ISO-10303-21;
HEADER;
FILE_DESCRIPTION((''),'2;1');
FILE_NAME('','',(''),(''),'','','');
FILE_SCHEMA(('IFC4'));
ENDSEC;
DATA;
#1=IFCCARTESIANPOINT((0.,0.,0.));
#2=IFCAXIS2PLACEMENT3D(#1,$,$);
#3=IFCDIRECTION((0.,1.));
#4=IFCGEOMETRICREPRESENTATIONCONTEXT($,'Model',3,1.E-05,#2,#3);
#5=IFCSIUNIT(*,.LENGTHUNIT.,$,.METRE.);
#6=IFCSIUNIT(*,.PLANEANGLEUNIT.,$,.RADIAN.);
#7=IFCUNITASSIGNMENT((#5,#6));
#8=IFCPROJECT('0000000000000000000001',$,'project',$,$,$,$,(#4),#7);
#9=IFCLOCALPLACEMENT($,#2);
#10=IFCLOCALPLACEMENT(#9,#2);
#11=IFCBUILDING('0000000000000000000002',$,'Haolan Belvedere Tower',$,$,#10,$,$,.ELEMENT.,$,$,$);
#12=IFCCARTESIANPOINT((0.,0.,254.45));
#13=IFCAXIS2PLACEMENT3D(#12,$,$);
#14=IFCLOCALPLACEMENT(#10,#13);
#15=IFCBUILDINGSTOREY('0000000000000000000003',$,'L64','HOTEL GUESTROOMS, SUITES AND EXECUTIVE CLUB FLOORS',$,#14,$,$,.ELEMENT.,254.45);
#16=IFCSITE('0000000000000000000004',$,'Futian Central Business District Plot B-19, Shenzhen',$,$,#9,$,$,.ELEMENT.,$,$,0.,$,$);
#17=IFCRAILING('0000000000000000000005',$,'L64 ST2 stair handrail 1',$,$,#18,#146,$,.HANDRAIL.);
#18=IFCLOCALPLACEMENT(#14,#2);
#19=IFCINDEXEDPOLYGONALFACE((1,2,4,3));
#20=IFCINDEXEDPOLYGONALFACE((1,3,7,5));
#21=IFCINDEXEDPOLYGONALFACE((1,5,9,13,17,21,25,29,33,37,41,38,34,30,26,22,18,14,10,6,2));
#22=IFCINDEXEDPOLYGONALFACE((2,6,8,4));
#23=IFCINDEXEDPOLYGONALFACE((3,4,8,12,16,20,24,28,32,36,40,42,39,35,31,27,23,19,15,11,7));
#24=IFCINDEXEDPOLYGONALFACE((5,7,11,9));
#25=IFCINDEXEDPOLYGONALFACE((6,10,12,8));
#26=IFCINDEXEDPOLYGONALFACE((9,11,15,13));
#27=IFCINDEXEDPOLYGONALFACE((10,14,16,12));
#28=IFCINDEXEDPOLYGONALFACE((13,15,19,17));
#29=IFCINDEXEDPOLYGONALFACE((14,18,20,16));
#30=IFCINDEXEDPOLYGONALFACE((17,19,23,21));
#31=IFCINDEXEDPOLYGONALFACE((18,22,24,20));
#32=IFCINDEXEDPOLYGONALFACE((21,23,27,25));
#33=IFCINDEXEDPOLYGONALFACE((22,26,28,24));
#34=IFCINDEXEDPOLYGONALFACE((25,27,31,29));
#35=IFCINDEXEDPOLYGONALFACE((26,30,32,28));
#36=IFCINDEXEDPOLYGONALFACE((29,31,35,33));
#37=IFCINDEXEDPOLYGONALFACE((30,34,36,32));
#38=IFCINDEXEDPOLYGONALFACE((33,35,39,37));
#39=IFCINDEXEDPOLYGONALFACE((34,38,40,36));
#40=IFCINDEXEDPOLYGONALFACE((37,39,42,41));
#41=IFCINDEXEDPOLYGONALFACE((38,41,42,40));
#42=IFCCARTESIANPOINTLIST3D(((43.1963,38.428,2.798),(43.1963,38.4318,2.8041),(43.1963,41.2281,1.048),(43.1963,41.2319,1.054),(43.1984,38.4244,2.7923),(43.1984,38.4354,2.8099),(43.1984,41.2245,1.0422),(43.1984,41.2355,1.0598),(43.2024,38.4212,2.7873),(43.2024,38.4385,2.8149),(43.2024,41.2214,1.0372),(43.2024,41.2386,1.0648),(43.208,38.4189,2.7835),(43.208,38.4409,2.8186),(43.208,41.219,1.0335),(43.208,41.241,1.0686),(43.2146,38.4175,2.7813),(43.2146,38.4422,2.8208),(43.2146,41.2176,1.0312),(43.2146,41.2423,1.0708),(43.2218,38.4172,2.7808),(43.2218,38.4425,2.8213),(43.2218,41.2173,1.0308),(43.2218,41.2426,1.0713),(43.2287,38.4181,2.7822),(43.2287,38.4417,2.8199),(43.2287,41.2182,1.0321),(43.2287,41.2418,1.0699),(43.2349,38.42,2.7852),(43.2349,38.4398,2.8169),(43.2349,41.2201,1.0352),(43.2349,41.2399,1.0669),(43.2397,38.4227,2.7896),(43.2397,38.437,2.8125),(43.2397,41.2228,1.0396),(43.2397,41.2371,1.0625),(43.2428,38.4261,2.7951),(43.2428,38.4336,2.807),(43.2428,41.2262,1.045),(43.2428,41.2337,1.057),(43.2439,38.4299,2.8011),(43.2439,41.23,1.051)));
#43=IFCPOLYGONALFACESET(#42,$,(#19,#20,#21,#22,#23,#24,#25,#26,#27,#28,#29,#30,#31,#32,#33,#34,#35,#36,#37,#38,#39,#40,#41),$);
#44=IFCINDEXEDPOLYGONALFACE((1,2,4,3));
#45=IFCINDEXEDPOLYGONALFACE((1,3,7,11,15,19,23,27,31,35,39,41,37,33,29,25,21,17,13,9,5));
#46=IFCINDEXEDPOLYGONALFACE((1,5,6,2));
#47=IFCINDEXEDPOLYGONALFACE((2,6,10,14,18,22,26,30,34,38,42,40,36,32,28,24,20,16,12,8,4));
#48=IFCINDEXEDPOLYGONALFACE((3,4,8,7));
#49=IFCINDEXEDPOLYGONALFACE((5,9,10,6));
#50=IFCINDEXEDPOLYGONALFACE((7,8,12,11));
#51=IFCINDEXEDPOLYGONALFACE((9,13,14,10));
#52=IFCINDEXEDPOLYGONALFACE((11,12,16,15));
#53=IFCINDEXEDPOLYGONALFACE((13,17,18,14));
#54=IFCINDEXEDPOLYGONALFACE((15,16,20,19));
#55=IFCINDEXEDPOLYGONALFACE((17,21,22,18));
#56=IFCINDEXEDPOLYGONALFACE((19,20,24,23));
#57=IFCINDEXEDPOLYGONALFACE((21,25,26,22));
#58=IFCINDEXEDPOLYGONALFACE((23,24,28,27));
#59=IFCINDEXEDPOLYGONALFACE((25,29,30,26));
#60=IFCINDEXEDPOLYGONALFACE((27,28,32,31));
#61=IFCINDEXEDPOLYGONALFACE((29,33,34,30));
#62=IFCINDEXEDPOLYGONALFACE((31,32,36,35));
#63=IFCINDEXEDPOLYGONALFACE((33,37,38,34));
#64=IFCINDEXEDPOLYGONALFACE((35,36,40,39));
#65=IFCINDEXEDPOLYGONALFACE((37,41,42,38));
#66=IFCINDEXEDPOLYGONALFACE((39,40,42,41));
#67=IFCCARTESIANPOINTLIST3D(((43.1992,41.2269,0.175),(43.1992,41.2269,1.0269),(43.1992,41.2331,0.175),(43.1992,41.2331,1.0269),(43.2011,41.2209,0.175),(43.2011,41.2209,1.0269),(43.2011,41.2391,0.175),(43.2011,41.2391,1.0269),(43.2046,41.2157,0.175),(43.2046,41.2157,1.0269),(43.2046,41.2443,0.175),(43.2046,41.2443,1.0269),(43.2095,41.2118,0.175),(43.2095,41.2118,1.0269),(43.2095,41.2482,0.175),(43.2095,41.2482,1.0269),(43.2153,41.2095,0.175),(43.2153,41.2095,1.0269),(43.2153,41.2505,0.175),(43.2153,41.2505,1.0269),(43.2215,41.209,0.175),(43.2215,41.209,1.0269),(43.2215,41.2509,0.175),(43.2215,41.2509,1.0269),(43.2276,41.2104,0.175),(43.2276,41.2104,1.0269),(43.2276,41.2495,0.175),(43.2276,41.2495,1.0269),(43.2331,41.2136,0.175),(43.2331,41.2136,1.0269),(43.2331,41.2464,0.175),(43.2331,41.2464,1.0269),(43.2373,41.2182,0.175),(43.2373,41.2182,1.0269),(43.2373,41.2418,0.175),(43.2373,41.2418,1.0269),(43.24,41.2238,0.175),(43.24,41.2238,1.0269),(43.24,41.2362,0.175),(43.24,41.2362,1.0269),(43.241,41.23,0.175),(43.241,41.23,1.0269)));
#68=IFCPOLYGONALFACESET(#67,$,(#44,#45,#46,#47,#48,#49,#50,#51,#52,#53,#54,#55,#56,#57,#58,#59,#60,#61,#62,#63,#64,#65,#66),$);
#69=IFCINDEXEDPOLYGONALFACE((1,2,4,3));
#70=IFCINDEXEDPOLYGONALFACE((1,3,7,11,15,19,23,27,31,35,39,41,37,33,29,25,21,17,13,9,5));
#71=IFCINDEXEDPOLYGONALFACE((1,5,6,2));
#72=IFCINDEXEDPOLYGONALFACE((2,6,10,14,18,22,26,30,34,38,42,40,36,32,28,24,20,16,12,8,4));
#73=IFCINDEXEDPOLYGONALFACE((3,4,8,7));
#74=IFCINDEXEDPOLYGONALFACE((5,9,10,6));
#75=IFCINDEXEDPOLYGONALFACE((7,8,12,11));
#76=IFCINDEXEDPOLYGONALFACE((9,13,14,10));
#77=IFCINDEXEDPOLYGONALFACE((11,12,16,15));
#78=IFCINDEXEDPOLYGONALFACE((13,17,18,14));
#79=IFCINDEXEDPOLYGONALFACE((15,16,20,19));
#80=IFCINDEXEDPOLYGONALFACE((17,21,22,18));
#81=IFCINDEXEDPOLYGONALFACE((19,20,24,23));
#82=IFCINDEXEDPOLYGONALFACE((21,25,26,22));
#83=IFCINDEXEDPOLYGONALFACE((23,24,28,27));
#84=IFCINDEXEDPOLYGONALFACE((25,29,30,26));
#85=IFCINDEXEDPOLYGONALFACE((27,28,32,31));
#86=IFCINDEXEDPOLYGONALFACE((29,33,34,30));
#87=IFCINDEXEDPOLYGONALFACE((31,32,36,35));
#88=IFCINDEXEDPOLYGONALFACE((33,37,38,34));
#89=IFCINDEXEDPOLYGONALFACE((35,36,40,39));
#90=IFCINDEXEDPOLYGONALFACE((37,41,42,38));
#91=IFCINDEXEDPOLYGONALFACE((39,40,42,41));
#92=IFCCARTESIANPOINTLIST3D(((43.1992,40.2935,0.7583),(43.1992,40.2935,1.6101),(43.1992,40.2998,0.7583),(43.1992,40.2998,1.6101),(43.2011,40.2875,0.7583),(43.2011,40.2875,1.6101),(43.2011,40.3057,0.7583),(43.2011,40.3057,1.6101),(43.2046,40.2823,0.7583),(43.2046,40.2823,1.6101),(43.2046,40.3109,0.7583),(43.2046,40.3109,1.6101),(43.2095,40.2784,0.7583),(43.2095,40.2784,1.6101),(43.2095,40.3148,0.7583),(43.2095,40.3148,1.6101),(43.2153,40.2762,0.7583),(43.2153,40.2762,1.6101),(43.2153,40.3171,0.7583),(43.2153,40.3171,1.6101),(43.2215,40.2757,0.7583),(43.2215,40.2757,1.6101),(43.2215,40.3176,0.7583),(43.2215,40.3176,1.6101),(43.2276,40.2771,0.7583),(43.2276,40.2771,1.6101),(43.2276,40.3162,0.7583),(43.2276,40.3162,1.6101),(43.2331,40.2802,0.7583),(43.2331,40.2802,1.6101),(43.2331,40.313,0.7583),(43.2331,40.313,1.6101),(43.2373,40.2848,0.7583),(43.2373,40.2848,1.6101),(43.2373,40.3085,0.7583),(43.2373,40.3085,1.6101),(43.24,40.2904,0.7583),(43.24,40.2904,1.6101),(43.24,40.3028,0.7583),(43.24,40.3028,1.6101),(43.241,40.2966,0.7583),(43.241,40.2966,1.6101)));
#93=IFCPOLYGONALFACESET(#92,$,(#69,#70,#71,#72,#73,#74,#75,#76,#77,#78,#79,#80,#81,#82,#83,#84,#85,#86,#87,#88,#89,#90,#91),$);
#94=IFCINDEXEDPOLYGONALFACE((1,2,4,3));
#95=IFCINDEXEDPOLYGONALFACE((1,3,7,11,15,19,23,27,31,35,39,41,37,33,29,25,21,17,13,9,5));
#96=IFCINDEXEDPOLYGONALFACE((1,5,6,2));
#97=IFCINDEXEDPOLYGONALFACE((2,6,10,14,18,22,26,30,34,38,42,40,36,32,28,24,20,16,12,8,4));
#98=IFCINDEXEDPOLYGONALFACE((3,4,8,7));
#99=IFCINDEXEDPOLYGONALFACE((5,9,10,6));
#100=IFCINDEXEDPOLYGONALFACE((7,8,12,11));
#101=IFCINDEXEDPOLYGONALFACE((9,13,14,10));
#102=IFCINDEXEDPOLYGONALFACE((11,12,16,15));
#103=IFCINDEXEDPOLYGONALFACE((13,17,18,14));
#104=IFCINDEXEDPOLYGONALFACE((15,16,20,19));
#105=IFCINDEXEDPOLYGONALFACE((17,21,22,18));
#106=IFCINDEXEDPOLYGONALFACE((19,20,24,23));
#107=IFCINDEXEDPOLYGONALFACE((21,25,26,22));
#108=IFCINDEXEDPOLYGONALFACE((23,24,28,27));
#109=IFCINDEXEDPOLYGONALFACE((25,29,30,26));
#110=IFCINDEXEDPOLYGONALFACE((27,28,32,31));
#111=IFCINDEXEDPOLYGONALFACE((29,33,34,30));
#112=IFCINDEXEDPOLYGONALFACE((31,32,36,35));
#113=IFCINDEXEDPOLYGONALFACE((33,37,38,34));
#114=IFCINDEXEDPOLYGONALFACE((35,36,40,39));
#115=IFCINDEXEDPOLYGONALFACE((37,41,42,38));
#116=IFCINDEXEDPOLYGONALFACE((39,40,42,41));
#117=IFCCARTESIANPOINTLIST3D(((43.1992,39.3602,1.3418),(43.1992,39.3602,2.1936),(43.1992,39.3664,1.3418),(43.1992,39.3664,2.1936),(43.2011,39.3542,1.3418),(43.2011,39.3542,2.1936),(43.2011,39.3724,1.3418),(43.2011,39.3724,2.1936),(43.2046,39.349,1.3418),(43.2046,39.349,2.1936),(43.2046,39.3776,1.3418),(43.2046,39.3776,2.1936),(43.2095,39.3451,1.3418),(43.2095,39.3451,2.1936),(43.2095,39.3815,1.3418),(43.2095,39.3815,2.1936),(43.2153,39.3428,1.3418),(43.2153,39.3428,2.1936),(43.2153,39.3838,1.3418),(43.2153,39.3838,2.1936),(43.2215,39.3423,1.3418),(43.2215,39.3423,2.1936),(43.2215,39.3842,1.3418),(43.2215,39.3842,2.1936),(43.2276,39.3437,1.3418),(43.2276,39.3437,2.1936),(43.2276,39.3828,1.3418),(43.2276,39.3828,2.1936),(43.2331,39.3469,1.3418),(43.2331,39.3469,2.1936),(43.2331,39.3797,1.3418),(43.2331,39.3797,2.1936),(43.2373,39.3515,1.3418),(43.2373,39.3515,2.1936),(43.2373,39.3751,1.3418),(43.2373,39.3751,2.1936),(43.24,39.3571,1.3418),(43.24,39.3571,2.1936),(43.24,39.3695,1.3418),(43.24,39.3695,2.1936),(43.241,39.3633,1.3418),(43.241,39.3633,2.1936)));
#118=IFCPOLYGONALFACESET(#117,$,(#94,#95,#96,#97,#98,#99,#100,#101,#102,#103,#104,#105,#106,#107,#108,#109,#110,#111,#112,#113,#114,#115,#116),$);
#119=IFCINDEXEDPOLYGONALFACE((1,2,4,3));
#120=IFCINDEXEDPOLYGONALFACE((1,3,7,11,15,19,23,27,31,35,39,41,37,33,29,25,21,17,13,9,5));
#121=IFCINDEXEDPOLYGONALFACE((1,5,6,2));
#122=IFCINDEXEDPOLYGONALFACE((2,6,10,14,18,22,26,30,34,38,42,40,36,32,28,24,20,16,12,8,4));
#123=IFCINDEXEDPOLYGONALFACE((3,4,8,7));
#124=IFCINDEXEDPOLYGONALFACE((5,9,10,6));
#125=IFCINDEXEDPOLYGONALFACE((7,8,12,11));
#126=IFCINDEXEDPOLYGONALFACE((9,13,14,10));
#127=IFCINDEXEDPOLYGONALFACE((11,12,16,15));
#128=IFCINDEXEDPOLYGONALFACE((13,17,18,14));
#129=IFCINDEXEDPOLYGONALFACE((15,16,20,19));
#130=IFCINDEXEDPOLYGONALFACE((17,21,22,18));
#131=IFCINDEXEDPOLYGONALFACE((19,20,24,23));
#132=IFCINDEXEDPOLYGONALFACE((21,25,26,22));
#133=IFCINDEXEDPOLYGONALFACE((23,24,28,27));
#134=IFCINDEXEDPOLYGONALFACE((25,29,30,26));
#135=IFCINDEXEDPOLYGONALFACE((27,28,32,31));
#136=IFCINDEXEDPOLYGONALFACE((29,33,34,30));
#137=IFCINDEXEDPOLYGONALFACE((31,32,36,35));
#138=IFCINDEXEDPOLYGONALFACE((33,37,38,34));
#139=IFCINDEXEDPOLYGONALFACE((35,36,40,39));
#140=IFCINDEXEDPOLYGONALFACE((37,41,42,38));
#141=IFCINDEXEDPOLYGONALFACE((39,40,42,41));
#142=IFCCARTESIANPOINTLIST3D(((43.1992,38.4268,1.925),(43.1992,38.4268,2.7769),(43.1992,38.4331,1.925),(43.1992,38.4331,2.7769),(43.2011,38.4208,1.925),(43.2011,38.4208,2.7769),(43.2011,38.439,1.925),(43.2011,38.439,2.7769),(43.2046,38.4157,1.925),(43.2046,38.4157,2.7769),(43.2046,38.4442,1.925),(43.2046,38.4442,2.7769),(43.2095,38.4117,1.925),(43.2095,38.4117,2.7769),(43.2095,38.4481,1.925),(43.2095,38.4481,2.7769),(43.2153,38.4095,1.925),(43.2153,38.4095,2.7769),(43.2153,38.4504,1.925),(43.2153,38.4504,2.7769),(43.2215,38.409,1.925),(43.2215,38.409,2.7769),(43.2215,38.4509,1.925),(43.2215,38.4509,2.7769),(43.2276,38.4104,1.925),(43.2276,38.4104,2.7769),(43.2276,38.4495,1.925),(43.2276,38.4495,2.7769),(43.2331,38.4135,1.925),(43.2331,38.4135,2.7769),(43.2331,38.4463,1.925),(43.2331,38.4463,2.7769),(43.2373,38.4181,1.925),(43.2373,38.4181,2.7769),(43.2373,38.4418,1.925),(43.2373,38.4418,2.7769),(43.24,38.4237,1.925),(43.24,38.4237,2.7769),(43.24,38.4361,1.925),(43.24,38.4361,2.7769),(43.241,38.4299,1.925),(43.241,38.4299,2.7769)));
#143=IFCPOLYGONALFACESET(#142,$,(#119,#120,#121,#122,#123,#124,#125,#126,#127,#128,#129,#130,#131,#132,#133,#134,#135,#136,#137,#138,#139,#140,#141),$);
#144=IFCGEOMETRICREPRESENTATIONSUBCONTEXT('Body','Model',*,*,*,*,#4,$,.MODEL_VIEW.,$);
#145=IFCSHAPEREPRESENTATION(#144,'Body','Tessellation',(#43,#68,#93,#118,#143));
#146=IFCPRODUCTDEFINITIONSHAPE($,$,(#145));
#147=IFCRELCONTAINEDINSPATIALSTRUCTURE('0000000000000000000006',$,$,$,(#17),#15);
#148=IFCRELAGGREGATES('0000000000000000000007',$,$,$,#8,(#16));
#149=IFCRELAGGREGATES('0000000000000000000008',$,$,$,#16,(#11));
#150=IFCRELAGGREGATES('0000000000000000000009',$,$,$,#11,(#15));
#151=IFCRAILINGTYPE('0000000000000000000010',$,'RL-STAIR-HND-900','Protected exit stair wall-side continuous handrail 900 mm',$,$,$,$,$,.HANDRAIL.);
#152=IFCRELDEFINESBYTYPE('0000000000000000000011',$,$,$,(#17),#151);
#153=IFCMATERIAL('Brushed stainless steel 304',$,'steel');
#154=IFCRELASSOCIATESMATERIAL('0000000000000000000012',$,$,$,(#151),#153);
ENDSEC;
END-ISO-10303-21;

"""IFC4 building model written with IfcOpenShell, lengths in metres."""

from ifc_helpers import new_model, si_unit, direction, frame, origin, origin_2d, place, context, subcontext, project, spatial, circle, extrude, material, type_object, element, save


model = new_model("IFC4")

# Units and contexts
model_context = context("Model", 3, precision=1e-05, world=origin(), true_north=direction((0.0, 1.0)))
body_context = subcontext(model_context, "Body", "Model", "MODEL_VIEW")
ifc_project = project(units=[si_unit("LENGTHUNIT", "METRE"), si_unit("PLANEANGLEUNIT", "RADIAN")], contexts=[model_context])

# Site, building, storey
site_placement = place(None, origin())
site = spatial("IfcSite", under=ifc_project, at=site_placement, Name="Futian Central Business District Plot B-19, Shenzhen", CompositionType="ELEMENT", RefElevation=0.0)
building_placement = place(site_placement, origin())
building = spatial("IfcBuilding", under=site, at=building_placement, Name="Haolan Belvedere Tower", CompositionType="ELEMENT")
storey_placement = place(building_placement, frame((0.0, 0.0, 254.45)))
storey = spatial("IfcBuildingStorey", under=building, at=storey_placement, Name="L64", Description="HOTEL GUESTROOMS, SUITES AND EXECUTIVE CLUB FLOORS", CompositionType="ELEMENT", Elevation=254.45)

# Railing
ifc_material_1 = material(Name="Brushed stainless steel 304", Category="steel")
railing_type_1 = type_object("IfcRailingType", Name="RL-STAIR-HND-900", Description="Protected exit stair wall-side continuous handrail 900 mm", PredefinedType="HANDRAIL", material=ifc_material_1)
for number, where, name in (
    (1, (43.22, 41.23, 0.175), "L64 ST2 stair handrail 1"),
):
    element("IfcRailing", number, at=place(storey_placement, frame(where)), inside=storey, type_object=railing_type_1, Name=name, PredefinedType="HANDRAIL", context=body_context, shape_type="SweptSolid", body=[
        extrude(circle(Radius=0.0239, at=origin_2d()), frame((0.0, 0.0, 0.876), z_axis=(0.0, -0.848002, 0.529992), x_axis=(1.0, 0.0, 0.0)), (0.0, 0.0, 1.0), 3.302),
        extrude(circle(Radius=0.021, at=origin_2d()), origin(), (0.0, 0.0, 1.0), 0.8518),
        extrude(circle(Radius=0.021, at=origin_2d()), frame((0.0, -0.9333, 0.5833)), (0.0, 0.0, 1.0), 0.8518),
        extrude(circle(Radius=0.021, at=origin_2d()), frame((0.0, -1.8667, 1.1667)), (0.0, 0.0, 1.0), 0.8518),
        extrude(circle(Radius=0.021, at=origin_2d()), frame((0.0, -2.8, 1.75)), (0.0, 0.0, 1.0), 0.8518),
    ])

save(model, "model.ifc")
